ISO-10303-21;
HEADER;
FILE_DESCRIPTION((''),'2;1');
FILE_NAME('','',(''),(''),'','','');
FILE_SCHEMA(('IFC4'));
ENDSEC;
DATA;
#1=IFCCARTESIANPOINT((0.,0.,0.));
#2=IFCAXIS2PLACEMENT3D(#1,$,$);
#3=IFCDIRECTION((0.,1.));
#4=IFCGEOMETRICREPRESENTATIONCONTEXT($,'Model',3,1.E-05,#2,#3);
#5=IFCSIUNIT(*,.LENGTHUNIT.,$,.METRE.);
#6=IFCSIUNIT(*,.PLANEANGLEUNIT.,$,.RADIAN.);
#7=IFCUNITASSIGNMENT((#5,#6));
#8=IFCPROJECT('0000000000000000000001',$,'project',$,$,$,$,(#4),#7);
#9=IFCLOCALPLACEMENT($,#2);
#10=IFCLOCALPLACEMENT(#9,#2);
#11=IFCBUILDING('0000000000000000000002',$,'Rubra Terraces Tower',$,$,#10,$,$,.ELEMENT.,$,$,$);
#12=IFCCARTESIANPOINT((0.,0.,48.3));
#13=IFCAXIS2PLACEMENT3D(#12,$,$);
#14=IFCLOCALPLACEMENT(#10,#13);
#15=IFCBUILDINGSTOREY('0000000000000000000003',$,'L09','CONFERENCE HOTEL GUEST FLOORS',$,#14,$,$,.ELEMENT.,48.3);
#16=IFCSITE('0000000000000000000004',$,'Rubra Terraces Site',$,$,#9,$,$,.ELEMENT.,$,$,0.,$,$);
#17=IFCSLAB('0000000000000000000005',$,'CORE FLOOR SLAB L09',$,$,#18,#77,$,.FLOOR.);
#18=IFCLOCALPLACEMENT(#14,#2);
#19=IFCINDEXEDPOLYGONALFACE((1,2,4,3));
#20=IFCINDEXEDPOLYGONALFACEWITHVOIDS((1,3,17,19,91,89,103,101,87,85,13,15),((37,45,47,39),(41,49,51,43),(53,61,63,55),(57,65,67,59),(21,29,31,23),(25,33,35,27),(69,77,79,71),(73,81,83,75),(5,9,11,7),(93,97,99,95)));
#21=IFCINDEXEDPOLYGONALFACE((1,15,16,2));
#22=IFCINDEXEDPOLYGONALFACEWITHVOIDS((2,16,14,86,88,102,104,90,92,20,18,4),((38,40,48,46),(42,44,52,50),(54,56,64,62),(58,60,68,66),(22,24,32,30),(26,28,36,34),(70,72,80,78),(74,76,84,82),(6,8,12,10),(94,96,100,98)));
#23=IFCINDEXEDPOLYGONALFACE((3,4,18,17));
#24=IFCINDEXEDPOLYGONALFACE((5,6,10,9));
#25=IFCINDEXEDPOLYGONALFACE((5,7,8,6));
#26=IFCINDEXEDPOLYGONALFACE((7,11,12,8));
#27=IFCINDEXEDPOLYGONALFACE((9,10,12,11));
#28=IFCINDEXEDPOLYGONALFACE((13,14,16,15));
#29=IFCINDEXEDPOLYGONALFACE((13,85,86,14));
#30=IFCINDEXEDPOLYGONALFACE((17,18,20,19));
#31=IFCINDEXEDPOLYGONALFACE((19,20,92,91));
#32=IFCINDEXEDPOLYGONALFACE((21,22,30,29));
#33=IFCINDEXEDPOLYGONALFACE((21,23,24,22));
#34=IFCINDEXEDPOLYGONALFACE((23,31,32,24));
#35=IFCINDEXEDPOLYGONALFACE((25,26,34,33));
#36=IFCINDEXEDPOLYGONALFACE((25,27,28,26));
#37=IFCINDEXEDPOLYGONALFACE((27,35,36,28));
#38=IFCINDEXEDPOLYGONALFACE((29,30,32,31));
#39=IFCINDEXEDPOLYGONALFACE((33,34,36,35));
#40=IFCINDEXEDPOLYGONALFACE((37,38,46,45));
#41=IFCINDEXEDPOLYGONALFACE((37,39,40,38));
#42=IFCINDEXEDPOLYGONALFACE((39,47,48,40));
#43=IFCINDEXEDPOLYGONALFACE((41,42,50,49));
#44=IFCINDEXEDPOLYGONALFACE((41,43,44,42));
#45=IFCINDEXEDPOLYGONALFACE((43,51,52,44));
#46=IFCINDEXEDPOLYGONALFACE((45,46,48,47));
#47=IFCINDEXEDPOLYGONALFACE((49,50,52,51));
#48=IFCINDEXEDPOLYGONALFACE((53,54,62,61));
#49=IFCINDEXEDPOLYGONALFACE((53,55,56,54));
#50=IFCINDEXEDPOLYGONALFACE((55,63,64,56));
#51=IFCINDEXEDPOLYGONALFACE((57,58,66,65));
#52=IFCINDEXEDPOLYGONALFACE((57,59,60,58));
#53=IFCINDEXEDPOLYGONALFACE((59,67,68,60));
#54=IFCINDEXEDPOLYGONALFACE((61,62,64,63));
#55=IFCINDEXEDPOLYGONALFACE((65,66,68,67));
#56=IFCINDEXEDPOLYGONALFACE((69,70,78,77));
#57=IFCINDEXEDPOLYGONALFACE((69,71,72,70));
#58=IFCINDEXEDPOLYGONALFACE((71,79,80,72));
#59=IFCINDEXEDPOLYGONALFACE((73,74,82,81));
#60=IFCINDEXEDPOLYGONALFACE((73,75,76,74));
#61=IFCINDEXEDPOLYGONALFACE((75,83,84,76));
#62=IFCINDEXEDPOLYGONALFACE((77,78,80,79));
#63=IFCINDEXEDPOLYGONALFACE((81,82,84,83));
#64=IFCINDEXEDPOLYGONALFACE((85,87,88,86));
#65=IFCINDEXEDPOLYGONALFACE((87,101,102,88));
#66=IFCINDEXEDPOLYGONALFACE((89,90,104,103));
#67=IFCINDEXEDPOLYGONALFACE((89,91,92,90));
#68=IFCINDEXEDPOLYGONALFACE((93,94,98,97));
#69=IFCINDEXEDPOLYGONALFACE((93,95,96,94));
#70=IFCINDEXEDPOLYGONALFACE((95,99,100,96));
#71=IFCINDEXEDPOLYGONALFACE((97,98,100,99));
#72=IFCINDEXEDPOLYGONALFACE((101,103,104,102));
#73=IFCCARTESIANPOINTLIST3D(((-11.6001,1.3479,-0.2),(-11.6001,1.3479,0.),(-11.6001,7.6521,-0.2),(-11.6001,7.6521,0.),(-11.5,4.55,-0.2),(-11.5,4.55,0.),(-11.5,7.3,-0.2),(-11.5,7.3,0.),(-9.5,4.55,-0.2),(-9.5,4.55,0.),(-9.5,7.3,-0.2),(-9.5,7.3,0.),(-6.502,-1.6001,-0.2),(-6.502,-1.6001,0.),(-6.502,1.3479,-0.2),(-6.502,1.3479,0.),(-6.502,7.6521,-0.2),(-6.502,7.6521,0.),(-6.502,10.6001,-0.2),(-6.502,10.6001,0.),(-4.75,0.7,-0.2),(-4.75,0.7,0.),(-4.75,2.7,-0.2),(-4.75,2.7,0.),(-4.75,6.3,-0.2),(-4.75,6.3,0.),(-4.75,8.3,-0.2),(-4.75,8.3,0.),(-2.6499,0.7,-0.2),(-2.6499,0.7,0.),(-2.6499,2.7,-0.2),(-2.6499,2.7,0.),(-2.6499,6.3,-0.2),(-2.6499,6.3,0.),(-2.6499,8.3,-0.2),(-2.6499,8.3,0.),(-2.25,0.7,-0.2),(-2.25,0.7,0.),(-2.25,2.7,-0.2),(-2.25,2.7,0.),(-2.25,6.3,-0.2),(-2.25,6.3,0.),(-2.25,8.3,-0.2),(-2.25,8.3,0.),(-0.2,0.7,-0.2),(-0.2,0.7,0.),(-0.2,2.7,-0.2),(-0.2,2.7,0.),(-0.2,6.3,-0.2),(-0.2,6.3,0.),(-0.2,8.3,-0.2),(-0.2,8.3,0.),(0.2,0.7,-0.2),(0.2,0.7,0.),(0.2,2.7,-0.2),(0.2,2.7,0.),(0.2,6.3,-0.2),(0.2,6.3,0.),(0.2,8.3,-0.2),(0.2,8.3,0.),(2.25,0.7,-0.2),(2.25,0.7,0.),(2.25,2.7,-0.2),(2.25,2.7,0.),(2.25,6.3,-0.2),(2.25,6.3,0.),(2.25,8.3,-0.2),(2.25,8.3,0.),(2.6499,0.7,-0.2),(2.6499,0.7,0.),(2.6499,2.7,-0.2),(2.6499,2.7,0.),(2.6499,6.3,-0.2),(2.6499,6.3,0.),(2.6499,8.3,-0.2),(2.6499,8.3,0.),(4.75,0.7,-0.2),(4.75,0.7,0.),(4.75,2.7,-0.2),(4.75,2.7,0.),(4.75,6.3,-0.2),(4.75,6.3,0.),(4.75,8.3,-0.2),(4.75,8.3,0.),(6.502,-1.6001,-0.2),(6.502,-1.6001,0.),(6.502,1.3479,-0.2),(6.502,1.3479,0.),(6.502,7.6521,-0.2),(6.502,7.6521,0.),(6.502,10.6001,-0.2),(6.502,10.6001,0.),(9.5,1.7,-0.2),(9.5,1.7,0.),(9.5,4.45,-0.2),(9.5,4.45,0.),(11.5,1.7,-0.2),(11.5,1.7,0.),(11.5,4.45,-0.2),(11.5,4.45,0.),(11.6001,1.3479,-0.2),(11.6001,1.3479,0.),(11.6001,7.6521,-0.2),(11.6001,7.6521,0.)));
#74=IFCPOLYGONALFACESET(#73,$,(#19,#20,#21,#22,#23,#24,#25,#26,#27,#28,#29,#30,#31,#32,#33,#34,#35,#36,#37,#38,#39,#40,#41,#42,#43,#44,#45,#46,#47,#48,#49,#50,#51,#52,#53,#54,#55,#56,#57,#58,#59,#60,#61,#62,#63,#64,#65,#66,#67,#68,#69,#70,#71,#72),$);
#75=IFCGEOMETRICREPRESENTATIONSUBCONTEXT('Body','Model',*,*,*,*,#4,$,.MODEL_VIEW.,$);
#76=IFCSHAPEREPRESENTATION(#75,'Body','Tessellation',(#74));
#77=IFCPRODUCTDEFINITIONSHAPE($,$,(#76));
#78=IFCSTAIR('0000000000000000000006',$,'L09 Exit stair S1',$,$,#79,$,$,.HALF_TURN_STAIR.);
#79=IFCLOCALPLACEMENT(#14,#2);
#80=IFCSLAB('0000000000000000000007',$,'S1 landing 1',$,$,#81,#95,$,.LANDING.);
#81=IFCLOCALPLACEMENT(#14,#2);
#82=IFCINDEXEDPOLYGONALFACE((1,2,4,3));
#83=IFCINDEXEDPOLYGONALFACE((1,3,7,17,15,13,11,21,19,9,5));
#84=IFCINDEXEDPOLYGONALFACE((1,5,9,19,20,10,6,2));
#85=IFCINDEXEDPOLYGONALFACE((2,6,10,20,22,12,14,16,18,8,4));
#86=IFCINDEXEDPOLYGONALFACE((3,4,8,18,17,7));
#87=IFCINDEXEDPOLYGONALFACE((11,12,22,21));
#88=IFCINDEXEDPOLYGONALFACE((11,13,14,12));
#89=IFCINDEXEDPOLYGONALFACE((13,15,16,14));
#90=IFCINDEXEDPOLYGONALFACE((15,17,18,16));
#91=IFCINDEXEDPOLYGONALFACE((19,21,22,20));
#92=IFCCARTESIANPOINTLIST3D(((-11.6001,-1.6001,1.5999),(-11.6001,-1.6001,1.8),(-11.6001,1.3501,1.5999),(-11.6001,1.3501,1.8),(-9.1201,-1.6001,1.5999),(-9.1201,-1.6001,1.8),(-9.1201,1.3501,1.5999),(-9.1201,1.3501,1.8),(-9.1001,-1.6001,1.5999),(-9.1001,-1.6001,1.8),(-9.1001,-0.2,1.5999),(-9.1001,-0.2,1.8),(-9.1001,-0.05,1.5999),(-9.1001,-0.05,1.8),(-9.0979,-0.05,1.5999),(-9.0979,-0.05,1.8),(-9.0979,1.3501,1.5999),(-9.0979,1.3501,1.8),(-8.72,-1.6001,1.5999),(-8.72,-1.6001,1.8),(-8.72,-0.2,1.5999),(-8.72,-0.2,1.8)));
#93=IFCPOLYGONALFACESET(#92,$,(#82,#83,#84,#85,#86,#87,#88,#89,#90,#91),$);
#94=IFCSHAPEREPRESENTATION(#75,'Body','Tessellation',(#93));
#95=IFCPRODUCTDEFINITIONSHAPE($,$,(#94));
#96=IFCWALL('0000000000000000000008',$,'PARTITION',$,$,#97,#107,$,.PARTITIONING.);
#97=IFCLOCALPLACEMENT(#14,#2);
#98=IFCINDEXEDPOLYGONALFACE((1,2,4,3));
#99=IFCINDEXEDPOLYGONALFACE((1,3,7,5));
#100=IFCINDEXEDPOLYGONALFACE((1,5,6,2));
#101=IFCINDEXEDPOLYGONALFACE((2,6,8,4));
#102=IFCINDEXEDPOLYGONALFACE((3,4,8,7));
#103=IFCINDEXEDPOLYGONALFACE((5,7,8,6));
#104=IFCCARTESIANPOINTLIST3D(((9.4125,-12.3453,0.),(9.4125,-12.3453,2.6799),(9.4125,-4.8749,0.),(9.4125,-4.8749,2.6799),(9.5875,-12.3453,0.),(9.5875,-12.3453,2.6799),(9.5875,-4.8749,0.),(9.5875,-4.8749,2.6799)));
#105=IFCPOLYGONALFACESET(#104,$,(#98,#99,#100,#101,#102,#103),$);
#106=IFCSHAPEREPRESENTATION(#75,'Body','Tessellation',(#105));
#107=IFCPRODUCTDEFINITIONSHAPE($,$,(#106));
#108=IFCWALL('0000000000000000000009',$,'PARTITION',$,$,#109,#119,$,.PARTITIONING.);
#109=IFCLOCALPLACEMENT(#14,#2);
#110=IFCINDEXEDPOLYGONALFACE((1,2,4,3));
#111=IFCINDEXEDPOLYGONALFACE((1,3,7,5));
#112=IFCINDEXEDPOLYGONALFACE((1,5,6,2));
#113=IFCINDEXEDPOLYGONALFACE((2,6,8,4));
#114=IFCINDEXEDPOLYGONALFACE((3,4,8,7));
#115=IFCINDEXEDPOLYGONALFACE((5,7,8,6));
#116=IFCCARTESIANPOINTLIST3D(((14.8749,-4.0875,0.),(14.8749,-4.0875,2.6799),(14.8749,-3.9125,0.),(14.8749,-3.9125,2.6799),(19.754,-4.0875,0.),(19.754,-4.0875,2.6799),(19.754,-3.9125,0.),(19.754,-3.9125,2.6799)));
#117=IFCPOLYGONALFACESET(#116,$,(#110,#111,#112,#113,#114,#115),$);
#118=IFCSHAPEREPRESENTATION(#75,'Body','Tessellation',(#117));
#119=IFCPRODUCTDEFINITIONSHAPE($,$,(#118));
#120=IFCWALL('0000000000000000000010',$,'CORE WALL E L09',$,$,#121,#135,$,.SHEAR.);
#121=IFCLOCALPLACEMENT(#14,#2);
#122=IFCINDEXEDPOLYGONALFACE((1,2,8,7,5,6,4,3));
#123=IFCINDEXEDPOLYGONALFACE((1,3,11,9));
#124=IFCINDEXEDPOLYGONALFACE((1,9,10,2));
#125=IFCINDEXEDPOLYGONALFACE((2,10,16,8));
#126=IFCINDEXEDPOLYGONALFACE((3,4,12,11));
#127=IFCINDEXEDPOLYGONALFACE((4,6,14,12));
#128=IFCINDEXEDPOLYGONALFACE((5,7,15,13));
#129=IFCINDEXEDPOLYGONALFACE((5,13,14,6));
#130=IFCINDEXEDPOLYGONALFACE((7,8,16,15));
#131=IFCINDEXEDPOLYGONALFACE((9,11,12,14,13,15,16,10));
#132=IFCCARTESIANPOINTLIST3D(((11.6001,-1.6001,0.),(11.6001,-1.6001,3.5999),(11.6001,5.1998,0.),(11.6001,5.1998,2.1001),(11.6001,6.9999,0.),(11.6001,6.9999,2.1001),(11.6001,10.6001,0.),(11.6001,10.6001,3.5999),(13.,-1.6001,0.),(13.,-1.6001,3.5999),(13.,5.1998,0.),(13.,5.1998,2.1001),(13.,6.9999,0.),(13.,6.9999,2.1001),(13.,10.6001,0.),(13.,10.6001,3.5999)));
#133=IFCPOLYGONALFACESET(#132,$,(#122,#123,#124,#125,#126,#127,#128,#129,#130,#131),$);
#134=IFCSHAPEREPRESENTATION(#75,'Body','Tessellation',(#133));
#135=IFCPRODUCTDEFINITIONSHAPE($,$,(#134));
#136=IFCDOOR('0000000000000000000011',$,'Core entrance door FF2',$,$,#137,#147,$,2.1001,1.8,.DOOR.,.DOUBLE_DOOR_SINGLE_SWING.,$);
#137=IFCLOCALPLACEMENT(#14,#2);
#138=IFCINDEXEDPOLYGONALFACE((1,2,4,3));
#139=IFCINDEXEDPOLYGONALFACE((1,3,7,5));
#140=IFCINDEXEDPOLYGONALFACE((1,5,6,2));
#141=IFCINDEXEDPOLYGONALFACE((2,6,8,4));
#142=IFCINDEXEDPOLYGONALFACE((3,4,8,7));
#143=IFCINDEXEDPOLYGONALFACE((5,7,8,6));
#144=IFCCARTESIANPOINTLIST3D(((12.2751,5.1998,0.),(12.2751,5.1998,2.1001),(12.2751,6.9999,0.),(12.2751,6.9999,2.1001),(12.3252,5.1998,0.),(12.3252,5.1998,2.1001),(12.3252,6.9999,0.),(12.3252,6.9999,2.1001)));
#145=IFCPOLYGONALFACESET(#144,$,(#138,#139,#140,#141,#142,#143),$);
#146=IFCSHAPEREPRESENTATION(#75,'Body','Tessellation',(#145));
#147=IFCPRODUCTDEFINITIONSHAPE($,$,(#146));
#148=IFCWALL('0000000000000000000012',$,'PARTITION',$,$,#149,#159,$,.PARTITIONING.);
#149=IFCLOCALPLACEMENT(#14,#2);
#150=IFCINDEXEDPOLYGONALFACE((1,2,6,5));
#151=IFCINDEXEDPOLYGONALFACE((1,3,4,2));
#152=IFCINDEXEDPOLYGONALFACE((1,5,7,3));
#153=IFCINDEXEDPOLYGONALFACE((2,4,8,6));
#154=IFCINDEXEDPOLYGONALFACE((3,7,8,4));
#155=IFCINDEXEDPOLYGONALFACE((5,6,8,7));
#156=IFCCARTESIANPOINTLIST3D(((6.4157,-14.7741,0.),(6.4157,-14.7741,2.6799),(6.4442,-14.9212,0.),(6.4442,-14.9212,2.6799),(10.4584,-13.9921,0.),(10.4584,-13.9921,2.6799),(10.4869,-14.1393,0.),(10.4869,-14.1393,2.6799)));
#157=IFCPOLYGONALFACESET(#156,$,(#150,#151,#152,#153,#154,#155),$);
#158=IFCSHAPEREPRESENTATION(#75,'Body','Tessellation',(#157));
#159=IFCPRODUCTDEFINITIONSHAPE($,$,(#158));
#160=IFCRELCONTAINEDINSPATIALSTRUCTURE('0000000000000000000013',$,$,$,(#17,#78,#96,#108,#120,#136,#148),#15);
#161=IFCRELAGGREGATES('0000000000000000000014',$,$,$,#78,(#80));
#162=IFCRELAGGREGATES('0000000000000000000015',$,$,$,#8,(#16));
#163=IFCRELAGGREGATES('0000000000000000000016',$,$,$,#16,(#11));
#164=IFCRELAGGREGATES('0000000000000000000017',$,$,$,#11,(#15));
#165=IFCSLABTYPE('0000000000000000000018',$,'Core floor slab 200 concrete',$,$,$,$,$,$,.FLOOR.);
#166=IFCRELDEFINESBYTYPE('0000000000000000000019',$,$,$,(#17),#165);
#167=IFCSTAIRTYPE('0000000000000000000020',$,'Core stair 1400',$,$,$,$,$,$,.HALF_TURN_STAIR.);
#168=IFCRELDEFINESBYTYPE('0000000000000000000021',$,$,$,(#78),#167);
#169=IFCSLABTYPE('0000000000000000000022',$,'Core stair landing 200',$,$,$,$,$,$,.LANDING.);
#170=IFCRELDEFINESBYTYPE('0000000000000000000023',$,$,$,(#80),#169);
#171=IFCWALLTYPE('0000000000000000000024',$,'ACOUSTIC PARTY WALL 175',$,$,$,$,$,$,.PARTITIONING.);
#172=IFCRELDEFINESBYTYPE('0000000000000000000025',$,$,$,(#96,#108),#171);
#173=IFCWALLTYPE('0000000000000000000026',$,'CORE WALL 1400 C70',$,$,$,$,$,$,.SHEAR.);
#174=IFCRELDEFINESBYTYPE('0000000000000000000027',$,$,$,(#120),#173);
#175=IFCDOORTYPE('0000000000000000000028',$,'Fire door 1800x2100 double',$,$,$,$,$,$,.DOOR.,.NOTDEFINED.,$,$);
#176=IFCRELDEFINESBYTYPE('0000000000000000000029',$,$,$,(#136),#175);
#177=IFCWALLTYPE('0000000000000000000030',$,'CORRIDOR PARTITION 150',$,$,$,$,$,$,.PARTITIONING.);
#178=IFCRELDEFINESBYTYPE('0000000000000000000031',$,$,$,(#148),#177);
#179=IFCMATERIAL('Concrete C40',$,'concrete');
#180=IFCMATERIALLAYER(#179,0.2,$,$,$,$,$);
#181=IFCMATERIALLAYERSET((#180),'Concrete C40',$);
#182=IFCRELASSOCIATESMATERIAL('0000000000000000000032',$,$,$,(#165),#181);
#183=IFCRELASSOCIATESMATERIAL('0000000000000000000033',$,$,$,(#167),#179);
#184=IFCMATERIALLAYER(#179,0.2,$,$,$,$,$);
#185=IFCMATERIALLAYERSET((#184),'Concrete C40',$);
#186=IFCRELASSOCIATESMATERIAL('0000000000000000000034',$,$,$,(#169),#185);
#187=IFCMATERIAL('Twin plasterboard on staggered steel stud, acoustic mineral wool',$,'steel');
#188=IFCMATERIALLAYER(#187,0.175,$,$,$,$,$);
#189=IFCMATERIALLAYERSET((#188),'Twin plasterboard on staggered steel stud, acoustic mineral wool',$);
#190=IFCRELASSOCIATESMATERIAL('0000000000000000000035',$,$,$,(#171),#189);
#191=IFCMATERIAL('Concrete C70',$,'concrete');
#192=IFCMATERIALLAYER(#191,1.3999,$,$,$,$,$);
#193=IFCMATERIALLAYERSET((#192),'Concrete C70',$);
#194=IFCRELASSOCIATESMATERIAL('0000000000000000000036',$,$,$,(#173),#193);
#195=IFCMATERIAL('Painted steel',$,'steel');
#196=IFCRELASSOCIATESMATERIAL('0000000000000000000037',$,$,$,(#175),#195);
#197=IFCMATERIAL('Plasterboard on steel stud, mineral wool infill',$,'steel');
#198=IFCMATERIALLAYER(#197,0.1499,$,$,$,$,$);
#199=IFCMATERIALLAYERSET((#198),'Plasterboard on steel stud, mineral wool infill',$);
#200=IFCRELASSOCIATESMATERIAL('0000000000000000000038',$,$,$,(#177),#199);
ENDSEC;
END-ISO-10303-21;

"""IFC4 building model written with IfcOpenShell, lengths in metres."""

from ifc_helpers import new_model, si_unit, direction, frame, frame_2d, origin, place, context, subcontext, project, spatial, polyline, rectangle, outline, extrude, material, layer, layer_set, type_object, element, fill, aggregate, save


model = new_model("IFC4")

# Units and contexts
model_context = context("Model", 3, precision=1e-05, world=origin(), true_north=direction((0.0, 1.0)))
body_context = subcontext(model_context, "Body", "Model", "MODEL_VIEW")
ifc_project = project(units=[si_unit("LENGTHUNIT", "METRE"), si_unit("PLANEANGLEUNIT", "RADIAN")], contexts=[model_context])

# Site, building, storey
site_placement = place(None, origin())
site = spatial("IfcSite", under=ifc_project, at=site_placement, Name="Rubra Terraces Site", CompositionType="ELEMENT", RefElevation=0.0)
building_placement = place(site_placement, origin())
building = spatial("IfcBuilding", under=site, at=building_placement, Name="Rubra Terraces Tower", CompositionType="ELEMENT")
storey_placement = place(building_placement, frame((0.0, 0.0, 48.3)))
storey = spatial("IfcBuildingStorey", under=building, at=storey_placement, Name="L09", Description="CONFERENCE HOTEL GUEST FLOORS", CompositionType="ELEMENT", Elevation=48.3)

# Slab
ifc_material_1 = material(Name="Concrete C40", Category="concrete")
ifc_layer_1 = layer(ifc_material_1, 0.2)
ifc_layer_set_1 = layer_set([ifc_layer_1], Name="Concrete C40")
slab_type_1 = type_object("IfcSlabType", Name="Core floor slab 200 concrete", PredefinedType="FLOOR", material=ifc_layer_set_1)
slab_1_placement = place(storey_placement, frame((0.0, 0.0, -0.2)))
element("IfcSlab", 1, at=slab_1_placement, inside=storey, type_object=slab_type_1, Name="CORE FLOOR SLAB L09", PredefinedType="FLOOR", context=body_context, shape_type="SweptSolid", body=[
    extrude(outline(polyline([(-11.6001, 1.3479), (-11.6001, 7.6521), (-6.502, 7.6521), (-6.502, 10.6001), (6.502, 10.6001), (6.502, 7.6521), (11.6001, 7.6521), (11.6001, 1.3479), (6.502, 1.3479), (6.502, -1.6001), (-6.502, -1.6001), (-6.502, 1.3479), (-11.6001, 1.3479)]), holes=[polyline([(9.5, 1.7), (11.5, 1.7), (11.5, 4.45), (9.5, 4.45), (9.5, 1.7)]), polyline([(4.75, 0.7), (4.75, 2.7), (2.6499, 2.7), (2.6499, 0.7), (4.75, 0.7)]), polyline([(4.75, 6.3), (4.75, 8.3), (2.6499, 8.3), (2.6499, 6.3), (4.75, 6.3)]), polyline([(2.25, 0.7), (2.25, 2.7), (0.2, 2.7), (0.2, 0.7), (2.25, 0.7)]), polyline([(2.25, 6.3), (2.25, 8.3), (0.2, 8.3), (0.2, 6.3), (2.25, 6.3)]), polyline([(-0.2, 0.7), (-0.2, 2.7), (-2.25, 2.7), (-2.25, 0.7), (-0.2, 0.7)]), polyline([(-0.2, 6.3), (-0.2, 8.3), (-2.25, 8.3), (-2.25, 6.3), (-0.2, 6.3)]), polyline([(-2.6499, 0.7), (-2.6499, 2.7), (-4.75, 2.7), (-4.75, 0.7), (-2.6499, 0.7)]), polyline([(-2.6499, 8.3), (-4.75, 8.3), (-4.75, 6.3), (-2.6499, 6.3), (-2.6499, 8.3)]), polyline([(-9.5, 7.3), (-11.5, 7.3), (-11.5, 4.55), (-9.5, 4.55), (-9.5, 7.3)])]), origin(), (0.0, 0.0, 1.0), 0.2),
])

# Stair, slab
stair_type = type_object("IfcStairType", Name="Core stair 1400", PredefinedType="HALF_TURN_STAIR", material=ifc_material_1)
stair_1_placement = place(storey_placement, origin())
stair_1 = element("IfcStair", 2, at=stair_1_placement, inside=storey, type_object=stair_type, Name="L09 Exit stair S1", PredefinedType="HALF_TURN_STAIR")
ifc_layer_2 = layer(ifc_material_1, 0.2)
ifc_layer_set_2 = layer_set([ifc_layer_2], Name="Concrete C40")
slab_type_2 = type_object("IfcSlabType", Name="Core stair landing 200", PredefinedType="LANDING", material=ifc_layer_set_2)
slab_2_placement = place(storey_placement, frame((0.0, 0.0, 1.5999)))
slab_2 = element("IfcSlab", 3, at=slab_2_placement, type_object=slab_type_2, Name="S1 landing 1", PredefinedType="LANDING", context=body_context, shape_type="SweptSolid", body=[
    extrude(outline(polyline([(-8.72, -0.2), (-8.72, -1.6001), (-9.1001, -1.6001), (-9.1201, -1.6001), (-11.6001, -1.6001), (-11.6001, 1.3501), (-9.1201, 1.3501), (-9.0979, 1.3501), (-9.0979, -0.05), (-9.1001, -0.05), (-9.1001, -0.2), (-8.72, -0.2)])), origin(), (0.0, 0.0, 1.0), 0.2002),
])
aggregate(stair_1, [slab_2])

# Walls
ifc_material_2 = material(Name="Twin plasterboard on staggered steel stud, acoustic mineral wool", Category="steel")
ifc_layer_3 = layer(ifc_material_2, 0.175)
ifc_layer_set_3 = layer_set([ifc_layer_3], Name="Twin plasterboard on staggered steel stud, acoustic mineral wool")
wall_type_1 = type_object("IfcWallType", Name="ACOUSTIC PARTY WALL 175", PredefinedType="PARTITIONING", material=ifc_layer_set_3)
wall_1_placement = place(storey_placement, frame((9.5, -12.3455, 0.0), z_axis=(0.0, 0.0, 1.0), x_axis=(0.0, 1.0, 0.0)))
element("IfcWall", 4, at=wall_1_placement, inside=storey, type_object=wall_type_1, Name="PARTITION", PredefinedType="PARTITIONING", context=body_context, shape_type="SweptSolid", body=[
    extrude(rectangle(XDim=7.4705, YDim=0.175, at=frame_2d((3.7354, 0.0))), origin(), (0.0, 0.0, 1.0), 2.6799),
])
wall_2_placement = place(storey_placement, frame((14.875, -4.0, 0.0), z_axis=(0.0, 0.0, 1.0), x_axis=(1.0, 0.0, 0.0)))
element("IfcWall", 5, at=wall_2_placement, inside=storey, type_object=wall_type_1, Name="PARTITION", PredefinedType="PARTITIONING", context=body_context, shape_type="SweptSolid", body=[
    extrude(rectangle(XDim=4.8792, YDim=0.175, at=frame_2d((2.4395, 0.0))), origin(), (0.0, 0.0, 1.0), 2.6799),
])

# Wall, opening, door
ifc_material_3 = material(Name="Concrete C70", Category="concrete")
ifc_layer_4 = layer(ifc_material_3, 1.3999)
ifc_layer_set_4 = layer_set([ifc_layer_4], Name="Concrete C70")
wall_type_2 = type_object("IfcWallType", Name="CORE WALL 1400 C70", PredefinedType="SHEAR", material=ifc_layer_set_4)
wall_3_placement = place(storey_placement, frame((12.3, -1.6001, 0.0), z_axis=(0.0, 0.0, 1.0), x_axis=(0.0, 1.0, 0.0)))
wall_3 = element("IfcWall", 6, at=wall_3_placement, inside=storey, type_object=wall_type_2, Name="CORE WALL E L09", PredefinedType="SHEAR", context=body_context, shape_type="SweptSolid", body=[
    extrude(rectangle(XDim=12.2002, YDim=1.3999, at=frame_2d((6.1001, 0.0))), origin(), (0.0, 0.0, 1.0), 3.5999),
])
opening_1_placement = place(wall_3_placement, frame((6.8, 0.0, 0.0)))
opening_1 = element("IfcOpeningElement", 7, at=opening_1_placement, cuts=wall_3, PredefinedType="OPENING", context=body_context, shape_type="SweptSolid", body=[
    extrude(rectangle(XDim=1.8, YDim=2.1001, at=frame_2d((0.8999, 1.05))), frame((0.0, 0.71, 0.0), z_axis=(0.0, -1.0, 0.0), x_axis=(1.0, 0.0, 0.0)), (0.0, 0.0, 1.0), 1.4199),
])
ifc_material_4 = material(Name="Painted steel", Category="steel")
door_type_1 = type_object("IfcDoorType", Name="Fire door 1800x2100 double", OperationType="NOTDEFINED", PredefinedType="DOOR", material=ifc_material_4)
door_1_placement = place(opening_1_placement, origin())
door_1 = element("IfcDoor", 8, at=door_1_placement, inside=storey, type_object=door_type_1, Name="Core entrance door FF2", OperationType="DOUBLE_DOOR_SINGLE_SWING", OverallHeight=2.1001, OverallWidth=1.8, PredefinedType="DOOR", context=body_context, shape_type="SweptSolid", body=[
    extrude(rectangle(XDim=1.8, YDim=2.1001, at=frame_2d((0.8999, 1.05))), frame((0.0, 0.0249, 0.0), z_axis=(0.0, -1.0, 0.0), x_axis=(1.0, 0.0, 0.0)), (0.0, 0.0, 1.0), 0.05),
])
fill(opening_1, door_1)

# Wall
ifc_material_5 = material(Name="Plasterboard on steel stud, mineral wool infill", Category="steel")
ifc_layer_5 = layer(ifc_material_5, 0.1499)
ifc_layer_set_5 = layer_set([ifc_layer_5], Name="Plasterboard on steel stud, mineral wool infill")
wall_type_3 = type_object("IfcWallType", Name="CORRIDOR PARTITION 150", PredefinedType="PARTITIONING", material=ifc_layer_set_5)
wall_4_placement = place(storey_placement, frame((6.4299, -14.8477, 0.0), z_axis=(0.0, 0.0, 1.0), x_axis=(0.981802, 0.189909, 0.0)))
element("IfcWall", 9, at=wall_4_placement, inside=storey, type_object=wall_type_3, Name="PARTITION", PredefinedType="PARTITIONING", context=body_context, shape_type="SweptSolid", body=[
    extrude(rectangle(XDim=4.1177, YDim=0.1499, at=frame_2d((2.0588, 0.0))), origin(), (0.0, 0.0, 1.0), 2.6799),
])

save(model, "model.ifc")
